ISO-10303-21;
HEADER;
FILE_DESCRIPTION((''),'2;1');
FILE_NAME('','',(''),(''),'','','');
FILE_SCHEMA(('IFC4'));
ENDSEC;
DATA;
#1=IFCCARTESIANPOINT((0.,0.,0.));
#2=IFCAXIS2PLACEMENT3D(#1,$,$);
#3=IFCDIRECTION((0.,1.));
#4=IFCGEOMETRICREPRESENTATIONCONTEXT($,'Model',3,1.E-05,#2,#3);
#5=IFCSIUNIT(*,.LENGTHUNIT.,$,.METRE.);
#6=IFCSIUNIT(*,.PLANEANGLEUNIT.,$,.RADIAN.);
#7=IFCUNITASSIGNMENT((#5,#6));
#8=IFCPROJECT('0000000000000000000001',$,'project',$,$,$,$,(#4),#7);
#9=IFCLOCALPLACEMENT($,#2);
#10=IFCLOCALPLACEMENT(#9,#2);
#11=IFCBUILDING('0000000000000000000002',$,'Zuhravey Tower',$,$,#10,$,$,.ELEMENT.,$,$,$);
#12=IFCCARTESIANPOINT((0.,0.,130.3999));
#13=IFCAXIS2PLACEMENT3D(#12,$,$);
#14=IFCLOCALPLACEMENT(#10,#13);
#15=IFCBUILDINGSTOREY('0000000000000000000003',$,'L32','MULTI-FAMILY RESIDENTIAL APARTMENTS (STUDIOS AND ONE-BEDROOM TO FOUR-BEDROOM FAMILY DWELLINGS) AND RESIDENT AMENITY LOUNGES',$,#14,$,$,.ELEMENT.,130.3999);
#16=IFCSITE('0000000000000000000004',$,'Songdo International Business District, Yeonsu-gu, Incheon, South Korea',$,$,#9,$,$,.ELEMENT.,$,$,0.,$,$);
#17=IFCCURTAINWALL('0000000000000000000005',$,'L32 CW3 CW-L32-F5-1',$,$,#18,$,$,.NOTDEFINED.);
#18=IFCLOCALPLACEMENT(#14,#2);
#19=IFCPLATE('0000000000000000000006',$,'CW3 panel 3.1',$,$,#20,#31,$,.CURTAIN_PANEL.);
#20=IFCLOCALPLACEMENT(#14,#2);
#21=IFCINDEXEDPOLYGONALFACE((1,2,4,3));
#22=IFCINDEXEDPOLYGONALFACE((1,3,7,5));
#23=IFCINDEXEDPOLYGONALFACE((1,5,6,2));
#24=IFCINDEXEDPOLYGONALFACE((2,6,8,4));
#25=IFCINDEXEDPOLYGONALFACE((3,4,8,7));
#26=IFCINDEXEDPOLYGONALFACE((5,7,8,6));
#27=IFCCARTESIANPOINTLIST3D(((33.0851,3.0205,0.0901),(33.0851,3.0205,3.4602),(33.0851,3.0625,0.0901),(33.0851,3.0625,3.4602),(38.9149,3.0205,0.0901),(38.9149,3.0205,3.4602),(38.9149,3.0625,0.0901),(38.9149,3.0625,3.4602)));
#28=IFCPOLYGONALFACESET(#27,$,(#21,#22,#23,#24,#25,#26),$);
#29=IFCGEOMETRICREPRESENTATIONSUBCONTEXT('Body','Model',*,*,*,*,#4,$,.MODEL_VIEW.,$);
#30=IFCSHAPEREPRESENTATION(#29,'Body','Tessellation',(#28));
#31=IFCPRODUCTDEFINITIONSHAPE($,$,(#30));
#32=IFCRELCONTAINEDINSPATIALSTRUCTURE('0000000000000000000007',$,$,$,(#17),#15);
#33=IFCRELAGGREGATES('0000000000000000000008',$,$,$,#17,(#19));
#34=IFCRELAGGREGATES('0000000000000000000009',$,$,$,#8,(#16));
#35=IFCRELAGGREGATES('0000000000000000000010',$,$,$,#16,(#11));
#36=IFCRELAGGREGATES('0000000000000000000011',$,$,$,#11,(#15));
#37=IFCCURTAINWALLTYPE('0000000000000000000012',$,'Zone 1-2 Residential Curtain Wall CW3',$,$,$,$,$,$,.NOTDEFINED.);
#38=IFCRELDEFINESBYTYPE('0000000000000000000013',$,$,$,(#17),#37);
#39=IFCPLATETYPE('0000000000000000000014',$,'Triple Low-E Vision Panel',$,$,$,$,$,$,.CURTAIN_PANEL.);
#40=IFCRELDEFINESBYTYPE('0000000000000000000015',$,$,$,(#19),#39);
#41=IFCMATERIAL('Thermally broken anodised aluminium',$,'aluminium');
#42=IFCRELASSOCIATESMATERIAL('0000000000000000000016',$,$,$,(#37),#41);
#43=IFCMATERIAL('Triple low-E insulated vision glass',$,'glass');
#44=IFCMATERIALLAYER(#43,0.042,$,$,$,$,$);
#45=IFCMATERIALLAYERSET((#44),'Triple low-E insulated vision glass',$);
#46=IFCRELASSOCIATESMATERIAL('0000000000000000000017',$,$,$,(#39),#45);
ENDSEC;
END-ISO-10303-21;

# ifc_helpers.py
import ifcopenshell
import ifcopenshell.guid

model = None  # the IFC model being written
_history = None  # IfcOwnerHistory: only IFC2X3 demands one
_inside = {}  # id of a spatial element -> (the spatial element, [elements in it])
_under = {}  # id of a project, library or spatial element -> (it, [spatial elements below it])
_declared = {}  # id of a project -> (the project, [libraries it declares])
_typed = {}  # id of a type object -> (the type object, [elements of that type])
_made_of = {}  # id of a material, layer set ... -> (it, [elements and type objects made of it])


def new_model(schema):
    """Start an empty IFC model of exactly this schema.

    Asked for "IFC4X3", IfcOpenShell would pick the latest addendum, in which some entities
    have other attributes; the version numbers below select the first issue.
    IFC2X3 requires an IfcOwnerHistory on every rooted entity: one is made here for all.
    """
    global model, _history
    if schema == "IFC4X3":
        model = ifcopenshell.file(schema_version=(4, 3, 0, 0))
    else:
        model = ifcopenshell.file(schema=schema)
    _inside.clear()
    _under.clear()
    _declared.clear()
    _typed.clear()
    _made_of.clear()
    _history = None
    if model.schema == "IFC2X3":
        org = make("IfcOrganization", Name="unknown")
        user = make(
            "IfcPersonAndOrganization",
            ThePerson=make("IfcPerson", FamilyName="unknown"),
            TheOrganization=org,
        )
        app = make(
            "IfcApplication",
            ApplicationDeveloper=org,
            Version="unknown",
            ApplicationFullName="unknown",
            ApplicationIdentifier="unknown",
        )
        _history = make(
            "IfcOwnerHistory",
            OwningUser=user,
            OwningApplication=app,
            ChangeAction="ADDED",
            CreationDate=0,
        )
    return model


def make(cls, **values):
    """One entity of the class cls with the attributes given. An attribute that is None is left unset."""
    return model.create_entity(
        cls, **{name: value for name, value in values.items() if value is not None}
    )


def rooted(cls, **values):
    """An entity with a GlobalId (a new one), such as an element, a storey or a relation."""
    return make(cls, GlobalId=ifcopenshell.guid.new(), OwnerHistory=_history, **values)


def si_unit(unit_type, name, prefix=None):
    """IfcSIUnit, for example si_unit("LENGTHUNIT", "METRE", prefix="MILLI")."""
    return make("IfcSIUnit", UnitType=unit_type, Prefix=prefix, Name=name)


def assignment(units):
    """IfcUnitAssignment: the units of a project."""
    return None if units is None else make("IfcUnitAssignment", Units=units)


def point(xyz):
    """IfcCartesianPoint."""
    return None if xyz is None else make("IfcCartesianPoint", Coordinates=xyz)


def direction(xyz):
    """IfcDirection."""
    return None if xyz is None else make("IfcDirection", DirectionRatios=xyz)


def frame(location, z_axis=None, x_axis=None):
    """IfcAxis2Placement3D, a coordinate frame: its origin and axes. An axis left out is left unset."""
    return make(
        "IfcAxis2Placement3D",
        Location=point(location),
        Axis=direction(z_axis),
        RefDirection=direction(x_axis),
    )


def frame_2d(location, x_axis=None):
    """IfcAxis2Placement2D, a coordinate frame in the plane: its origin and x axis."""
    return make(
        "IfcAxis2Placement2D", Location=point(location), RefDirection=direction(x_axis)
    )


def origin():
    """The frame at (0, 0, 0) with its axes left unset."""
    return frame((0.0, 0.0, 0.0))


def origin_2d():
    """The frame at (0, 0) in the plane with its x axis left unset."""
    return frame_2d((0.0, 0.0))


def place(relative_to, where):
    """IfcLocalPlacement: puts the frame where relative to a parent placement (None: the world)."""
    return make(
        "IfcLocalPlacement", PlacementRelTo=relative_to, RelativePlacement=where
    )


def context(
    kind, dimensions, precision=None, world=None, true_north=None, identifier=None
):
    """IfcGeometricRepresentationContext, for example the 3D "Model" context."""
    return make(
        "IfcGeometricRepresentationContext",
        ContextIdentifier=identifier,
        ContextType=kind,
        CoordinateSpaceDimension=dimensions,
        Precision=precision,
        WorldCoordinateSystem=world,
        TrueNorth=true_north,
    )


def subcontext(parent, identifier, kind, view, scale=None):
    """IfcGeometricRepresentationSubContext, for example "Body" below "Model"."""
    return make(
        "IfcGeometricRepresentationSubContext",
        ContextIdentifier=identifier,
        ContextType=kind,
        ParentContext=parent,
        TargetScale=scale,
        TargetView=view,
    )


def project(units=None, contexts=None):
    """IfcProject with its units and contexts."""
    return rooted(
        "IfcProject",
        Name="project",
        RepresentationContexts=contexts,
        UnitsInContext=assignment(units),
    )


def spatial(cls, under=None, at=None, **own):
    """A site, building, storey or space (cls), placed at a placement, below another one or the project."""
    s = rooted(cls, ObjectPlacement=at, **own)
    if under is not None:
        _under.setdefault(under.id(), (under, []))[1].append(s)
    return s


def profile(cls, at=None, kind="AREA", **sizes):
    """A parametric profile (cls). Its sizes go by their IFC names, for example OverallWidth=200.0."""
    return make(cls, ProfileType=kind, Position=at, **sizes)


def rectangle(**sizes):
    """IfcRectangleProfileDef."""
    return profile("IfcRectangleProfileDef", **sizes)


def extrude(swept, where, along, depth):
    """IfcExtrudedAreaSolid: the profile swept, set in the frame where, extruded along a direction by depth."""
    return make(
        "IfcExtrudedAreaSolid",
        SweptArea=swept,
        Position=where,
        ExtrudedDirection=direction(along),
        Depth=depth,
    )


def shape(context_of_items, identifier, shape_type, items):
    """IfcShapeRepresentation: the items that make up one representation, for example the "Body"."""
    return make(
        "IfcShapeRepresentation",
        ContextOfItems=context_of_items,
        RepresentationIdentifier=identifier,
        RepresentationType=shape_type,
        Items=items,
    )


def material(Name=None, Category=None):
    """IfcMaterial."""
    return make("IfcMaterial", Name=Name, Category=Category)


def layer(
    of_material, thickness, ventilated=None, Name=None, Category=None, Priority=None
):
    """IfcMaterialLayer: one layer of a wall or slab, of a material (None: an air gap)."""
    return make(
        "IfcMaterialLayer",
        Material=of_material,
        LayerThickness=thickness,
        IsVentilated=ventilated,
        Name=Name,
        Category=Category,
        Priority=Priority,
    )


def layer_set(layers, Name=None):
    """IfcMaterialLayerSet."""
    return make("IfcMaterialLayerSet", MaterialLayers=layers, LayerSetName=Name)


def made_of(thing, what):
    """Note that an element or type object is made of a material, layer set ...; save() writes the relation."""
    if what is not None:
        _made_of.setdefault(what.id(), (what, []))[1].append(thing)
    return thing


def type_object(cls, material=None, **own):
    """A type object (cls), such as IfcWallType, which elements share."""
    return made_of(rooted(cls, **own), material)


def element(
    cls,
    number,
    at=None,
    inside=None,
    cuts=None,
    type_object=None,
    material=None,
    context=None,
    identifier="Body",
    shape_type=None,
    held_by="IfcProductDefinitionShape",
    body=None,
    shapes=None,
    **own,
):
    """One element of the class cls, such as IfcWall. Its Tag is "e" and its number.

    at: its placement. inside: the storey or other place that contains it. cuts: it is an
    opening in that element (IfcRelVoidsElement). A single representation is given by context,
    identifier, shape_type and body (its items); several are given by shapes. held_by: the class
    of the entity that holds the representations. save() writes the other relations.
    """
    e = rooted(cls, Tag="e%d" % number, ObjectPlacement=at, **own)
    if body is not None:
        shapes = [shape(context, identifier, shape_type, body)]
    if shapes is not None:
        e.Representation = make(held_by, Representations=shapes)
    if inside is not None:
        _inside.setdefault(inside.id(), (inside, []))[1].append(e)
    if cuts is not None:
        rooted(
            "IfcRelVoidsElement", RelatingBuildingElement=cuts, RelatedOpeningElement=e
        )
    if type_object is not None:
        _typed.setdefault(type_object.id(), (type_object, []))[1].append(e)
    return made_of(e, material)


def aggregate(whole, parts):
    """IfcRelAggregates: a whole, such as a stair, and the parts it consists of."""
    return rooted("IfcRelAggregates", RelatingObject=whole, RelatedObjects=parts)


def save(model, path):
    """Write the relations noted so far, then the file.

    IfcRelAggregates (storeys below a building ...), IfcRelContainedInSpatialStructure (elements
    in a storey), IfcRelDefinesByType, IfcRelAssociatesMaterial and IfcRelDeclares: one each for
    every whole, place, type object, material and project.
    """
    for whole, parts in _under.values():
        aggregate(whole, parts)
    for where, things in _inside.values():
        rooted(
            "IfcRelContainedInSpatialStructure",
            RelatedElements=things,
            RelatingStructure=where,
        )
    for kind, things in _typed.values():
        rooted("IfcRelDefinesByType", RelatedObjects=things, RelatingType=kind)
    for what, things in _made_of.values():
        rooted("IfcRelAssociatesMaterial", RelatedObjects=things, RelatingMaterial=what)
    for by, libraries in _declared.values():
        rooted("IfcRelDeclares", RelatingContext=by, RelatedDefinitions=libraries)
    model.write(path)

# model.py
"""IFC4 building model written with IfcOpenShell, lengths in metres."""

from ifc_helpers import new_model, si_unit, direction, frame, origin, origin_2d, place, context, subcontext, project, spatial, rectangle, extrude, material, layer, layer_set, type_object, element, aggregate, save


model = new_model("IFC4")

# Units and contexts
model_context = context("Model", 3, precision=1e-05, world=origin(), true_north=direction((0.0, 1.0)))
body_context = subcontext(model_context, "Body", "Model", "MODEL_VIEW")
ifc_project = project(units=[si_unit("LENGTHUNIT", "METRE"), si_unit("PLANEANGLEUNIT", "RADIAN")], contexts=[model_context])

# Site, building, storey
site_placement = place(None, origin())
site = spatial("IfcSite", under=ifc_project, at=site_placement, Name="Songdo International Business District, Yeonsu-gu, Incheon, South Korea", CompositionType="ELEMENT", RefElevation=0.0)
building_placement = place(site_placement, origin())
building = spatial("IfcBuilding", under=site, at=building_placement, Name="Zuhravey Tower", CompositionType="ELEMENT")
storey_placement = place(building_placement, frame((0.0, 0.0, 130.3999)))
storey = spatial("IfcBuildingStorey", under=building, at=storey_placement, Name="L32", Description="MULTI-FAMILY RESIDENTIAL APARTMENTS (STUDIOS AND ONE-BEDROOM TO FOUR-BEDROOM FAMILY DWELLINGS) AND RESIDENT AMENITY LOUNGES", CompositionType="ELEMENT", Elevation=130.3999)

# Curtain wall
ifc_material_1 = material(Name="Thermally broken anodised aluminium", Category="aluminium")
curtain_wall_type = type_object("IfcCurtainWallType", Name="Zone 1-2 Residential Curtain Wall CW3", PredefinedType="NOTDEFINED", material=ifc_material_1)
curtain_wall_placement = place(storey_placement, origin())
curtain_wall = element("IfcCurtainWall", 1, at=curtain_wall_placement, inside=storey, type_object=curtain_wall_type, Name="L32 CW3 CW-L32-F5-1", PredefinedType="NOTDEFINED")

# Plate
ifc_material_2 = material(Name="Triple low-E insulated vision glass", Category="glass")
ifc_layer_1 = layer(ifc_material_2, 0.042)
ifc_layer_set_1 = layer_set([ifc_layer_1], Name="Triple low-E insulated vision glass")
plate_type_1 = type_object("IfcPlateType", Name="Triple Low-E Vision Panel", PredefinedType="CURTAIN_PANEL", material=ifc_layer_set_1)
plate_1_placement = place(storey_placement, frame((36.0, 3.0415, 0.0901), z_axis=(0.0, 0.0, 1.0), x_axis=(-1.0, 0.0, 0.0)))
plate_1 = element("IfcPlate", 2, at=plate_1_placement, type_object=plate_type_1, Name="CW3 panel 3.1", PredefinedType="CURTAIN_PANEL", context=body_context, shape_type="SweptSolid", body=[
    extrude(rectangle(XDim=5.8298, YDim=0.042, at=origin_2d()), origin(), (0.0, 0.0, 1.0), 3.3701),
])
aggregate(curtain_wall, [plate_1])

save(model, "model.ifc")
